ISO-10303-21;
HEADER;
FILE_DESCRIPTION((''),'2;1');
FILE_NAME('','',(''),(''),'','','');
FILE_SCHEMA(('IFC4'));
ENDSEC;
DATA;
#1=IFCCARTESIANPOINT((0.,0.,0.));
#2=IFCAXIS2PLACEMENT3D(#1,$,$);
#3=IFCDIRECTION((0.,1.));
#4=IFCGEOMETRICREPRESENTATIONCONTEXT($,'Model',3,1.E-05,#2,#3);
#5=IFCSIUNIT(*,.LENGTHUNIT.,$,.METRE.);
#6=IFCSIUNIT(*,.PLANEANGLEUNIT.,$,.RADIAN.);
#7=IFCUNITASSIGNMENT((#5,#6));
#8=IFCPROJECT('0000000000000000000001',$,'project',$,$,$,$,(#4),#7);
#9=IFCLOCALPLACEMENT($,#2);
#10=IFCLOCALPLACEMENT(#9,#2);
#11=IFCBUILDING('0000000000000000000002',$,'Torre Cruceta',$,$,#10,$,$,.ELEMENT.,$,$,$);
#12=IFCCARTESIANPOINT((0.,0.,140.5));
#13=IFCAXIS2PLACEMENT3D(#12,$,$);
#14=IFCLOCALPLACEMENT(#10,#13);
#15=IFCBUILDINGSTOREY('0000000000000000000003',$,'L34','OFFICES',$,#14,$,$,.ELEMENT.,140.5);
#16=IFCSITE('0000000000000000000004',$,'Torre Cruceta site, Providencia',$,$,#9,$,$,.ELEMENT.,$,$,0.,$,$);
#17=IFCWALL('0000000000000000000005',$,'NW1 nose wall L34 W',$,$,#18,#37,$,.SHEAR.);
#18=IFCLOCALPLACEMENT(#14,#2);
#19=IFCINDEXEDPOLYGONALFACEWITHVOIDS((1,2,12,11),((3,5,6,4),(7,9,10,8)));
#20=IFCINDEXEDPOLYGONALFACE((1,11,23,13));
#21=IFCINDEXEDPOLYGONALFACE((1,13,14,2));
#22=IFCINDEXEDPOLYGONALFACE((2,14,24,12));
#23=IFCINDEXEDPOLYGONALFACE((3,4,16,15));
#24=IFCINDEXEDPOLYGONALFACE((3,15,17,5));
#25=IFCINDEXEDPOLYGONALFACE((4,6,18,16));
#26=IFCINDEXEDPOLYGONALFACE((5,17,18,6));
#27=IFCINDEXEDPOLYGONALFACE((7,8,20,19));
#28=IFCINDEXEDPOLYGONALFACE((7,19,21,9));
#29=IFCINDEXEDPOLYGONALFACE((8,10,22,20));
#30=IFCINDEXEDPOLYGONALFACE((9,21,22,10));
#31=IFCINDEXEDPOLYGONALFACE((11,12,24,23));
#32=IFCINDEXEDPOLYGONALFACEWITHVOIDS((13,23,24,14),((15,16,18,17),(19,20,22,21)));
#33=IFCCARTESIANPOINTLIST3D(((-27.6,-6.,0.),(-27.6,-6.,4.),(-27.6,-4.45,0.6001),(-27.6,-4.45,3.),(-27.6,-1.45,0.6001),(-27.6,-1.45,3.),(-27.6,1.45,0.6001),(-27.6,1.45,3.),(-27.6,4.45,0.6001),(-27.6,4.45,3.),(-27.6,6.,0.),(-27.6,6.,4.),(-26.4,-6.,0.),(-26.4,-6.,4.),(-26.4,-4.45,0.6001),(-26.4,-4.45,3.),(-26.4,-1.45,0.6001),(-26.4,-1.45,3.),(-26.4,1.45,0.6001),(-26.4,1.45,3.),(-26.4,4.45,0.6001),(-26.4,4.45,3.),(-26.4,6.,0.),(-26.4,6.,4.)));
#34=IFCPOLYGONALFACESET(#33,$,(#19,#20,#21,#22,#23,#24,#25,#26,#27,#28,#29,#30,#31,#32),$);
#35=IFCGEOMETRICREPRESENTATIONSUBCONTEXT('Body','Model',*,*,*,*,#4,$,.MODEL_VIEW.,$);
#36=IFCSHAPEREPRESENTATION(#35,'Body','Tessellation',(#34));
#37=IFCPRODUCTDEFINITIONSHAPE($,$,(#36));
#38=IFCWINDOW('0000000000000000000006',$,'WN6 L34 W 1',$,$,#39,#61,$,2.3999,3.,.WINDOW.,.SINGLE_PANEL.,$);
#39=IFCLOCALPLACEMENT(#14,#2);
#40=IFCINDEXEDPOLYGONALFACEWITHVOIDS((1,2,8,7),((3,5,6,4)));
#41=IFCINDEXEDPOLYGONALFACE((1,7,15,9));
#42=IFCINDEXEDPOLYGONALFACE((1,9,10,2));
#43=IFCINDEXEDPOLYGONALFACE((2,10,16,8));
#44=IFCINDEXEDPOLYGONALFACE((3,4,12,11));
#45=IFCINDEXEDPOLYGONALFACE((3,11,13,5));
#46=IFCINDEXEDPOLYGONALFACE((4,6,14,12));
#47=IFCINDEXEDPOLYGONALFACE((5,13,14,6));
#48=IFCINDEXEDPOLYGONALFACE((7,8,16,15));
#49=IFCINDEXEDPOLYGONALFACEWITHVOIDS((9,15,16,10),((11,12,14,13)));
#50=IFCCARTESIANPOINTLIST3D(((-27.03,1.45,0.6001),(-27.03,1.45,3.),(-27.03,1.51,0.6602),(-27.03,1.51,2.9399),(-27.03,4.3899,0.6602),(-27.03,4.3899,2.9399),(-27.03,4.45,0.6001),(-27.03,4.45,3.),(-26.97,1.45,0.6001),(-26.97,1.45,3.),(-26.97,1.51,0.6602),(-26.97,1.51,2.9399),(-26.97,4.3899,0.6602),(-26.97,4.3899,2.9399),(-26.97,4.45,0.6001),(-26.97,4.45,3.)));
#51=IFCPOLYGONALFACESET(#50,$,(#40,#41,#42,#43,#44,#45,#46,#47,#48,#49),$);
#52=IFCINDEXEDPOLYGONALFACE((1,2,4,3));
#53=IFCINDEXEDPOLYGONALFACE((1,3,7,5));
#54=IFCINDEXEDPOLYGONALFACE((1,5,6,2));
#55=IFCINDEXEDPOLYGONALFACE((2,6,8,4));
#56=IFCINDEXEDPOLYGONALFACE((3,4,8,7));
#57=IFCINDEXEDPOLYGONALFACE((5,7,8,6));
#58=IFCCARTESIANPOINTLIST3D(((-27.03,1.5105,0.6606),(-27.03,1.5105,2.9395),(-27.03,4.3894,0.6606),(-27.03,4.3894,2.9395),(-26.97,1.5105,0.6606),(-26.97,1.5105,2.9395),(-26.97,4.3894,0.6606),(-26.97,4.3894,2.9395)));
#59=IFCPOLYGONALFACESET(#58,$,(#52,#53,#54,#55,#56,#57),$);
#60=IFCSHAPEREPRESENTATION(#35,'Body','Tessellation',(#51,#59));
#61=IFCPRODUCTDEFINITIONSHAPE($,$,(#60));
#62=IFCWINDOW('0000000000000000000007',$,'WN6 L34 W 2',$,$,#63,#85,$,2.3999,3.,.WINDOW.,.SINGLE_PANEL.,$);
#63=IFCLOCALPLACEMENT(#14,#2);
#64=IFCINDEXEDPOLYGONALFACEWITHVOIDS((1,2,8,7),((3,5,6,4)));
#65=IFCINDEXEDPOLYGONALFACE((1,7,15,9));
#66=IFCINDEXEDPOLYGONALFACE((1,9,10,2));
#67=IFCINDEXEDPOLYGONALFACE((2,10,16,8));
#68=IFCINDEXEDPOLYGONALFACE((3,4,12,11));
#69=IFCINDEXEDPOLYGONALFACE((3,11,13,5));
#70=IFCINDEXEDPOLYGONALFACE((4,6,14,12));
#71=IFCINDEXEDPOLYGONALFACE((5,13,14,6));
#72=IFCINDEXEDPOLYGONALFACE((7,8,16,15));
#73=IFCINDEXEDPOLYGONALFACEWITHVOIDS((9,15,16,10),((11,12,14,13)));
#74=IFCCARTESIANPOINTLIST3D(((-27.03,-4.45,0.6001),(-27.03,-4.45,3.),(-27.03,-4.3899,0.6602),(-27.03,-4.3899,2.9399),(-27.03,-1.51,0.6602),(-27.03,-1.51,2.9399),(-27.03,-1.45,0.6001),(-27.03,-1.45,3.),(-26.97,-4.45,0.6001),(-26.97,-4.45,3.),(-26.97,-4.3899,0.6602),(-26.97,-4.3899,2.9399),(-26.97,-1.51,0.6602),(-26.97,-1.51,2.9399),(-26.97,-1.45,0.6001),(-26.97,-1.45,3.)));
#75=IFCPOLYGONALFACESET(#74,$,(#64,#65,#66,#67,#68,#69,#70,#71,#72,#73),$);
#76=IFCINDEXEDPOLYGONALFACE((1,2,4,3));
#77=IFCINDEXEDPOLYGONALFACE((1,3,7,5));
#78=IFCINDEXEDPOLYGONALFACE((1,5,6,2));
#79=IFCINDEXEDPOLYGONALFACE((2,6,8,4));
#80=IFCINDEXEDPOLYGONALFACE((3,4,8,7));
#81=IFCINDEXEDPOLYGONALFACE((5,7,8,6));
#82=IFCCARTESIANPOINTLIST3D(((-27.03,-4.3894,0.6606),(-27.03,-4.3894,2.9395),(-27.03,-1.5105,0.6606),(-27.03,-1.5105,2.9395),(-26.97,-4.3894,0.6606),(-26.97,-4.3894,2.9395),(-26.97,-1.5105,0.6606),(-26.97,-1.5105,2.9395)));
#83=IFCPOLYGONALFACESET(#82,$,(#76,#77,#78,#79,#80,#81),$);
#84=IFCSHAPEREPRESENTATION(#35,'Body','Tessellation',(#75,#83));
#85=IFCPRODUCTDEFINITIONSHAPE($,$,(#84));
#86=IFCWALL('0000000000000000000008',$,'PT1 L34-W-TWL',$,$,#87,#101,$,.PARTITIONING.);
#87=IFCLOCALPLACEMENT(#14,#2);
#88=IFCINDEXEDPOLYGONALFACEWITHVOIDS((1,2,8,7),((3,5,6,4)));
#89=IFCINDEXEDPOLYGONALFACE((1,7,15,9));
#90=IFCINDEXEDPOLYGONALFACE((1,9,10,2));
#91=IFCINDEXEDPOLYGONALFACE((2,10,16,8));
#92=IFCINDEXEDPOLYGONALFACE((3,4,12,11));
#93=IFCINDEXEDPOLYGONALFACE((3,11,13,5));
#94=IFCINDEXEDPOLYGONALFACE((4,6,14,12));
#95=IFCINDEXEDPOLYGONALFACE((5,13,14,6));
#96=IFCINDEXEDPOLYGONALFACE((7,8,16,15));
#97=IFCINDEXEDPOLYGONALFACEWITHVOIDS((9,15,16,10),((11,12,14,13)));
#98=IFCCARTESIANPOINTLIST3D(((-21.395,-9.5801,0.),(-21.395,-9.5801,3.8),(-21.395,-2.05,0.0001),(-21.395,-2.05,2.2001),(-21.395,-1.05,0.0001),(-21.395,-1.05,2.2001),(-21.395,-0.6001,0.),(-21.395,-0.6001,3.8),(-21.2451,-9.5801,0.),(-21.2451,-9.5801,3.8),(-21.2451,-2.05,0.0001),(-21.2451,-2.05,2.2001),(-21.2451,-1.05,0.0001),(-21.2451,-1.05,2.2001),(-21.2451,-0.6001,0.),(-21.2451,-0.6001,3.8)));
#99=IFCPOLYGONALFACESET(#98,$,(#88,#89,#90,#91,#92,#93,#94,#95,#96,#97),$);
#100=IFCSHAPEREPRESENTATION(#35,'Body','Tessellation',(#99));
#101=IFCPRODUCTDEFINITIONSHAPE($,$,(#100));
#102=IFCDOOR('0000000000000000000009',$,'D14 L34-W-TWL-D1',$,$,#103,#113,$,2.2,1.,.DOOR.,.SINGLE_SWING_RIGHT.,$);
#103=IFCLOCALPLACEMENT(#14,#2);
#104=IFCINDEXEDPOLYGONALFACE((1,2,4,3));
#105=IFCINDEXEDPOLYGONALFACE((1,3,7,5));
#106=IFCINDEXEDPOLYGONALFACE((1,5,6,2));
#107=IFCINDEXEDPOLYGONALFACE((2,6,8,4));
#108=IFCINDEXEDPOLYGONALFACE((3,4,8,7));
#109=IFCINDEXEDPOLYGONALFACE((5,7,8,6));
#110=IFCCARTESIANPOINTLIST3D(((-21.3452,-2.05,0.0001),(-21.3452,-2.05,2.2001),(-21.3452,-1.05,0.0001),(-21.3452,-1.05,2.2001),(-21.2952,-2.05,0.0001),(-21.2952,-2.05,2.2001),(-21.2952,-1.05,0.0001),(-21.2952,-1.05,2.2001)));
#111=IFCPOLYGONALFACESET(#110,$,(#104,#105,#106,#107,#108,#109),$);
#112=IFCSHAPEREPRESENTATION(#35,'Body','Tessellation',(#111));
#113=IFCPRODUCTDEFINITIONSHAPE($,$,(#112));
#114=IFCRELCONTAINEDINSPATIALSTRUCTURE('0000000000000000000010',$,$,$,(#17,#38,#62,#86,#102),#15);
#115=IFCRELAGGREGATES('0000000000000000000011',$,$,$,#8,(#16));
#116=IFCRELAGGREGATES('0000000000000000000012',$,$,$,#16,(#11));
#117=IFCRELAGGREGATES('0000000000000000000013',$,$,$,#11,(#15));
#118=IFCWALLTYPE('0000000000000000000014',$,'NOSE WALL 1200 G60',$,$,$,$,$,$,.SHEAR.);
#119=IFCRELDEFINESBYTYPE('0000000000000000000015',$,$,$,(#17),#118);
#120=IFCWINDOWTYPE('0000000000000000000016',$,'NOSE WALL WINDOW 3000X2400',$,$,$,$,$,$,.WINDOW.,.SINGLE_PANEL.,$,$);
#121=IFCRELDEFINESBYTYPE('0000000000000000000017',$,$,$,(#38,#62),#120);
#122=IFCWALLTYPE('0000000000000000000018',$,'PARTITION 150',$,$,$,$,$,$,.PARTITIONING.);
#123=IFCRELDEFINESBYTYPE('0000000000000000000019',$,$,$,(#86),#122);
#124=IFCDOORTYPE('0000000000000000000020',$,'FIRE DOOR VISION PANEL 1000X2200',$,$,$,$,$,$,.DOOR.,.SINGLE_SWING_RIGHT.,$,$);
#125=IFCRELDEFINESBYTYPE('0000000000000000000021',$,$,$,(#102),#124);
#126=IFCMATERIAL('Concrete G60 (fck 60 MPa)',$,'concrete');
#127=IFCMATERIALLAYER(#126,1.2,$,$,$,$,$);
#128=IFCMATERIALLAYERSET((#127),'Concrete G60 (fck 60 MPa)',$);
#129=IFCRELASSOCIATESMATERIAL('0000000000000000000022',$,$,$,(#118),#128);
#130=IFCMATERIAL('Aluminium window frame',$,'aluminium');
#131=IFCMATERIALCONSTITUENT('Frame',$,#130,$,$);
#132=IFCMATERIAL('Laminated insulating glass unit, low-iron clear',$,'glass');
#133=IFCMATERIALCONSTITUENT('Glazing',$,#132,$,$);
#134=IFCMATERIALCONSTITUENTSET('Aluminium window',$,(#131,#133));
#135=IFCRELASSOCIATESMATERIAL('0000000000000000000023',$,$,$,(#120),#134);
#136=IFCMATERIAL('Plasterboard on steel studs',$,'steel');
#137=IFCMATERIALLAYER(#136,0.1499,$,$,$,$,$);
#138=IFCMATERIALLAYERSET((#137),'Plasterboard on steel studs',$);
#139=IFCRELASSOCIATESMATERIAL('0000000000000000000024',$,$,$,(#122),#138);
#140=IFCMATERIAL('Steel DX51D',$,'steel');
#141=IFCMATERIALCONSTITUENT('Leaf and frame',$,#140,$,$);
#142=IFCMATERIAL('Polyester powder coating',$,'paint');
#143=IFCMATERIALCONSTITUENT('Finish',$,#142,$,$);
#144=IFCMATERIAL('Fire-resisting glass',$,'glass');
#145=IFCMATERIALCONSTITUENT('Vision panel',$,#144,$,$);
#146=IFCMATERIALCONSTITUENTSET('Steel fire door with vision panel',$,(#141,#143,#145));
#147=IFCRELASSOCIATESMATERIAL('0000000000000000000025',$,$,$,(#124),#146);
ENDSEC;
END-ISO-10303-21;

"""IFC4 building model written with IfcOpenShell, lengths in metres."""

from ifc_helpers import new_model, si_unit, direction, frame, frame_2d, origin, place, context, subcontext, project, spatial, rectangle, hollow_rectangle, extrude, material, layer, layer_set, constituent, constituent_set, type_object, element, fill, save


model = new_model("IFC4")

# Units and contexts
model_context = context("Model", 3, precision=1e-05, world=origin(), true_north=direction((0.0, 1.0)))
body_context = subcontext(model_context, "Body", "Model", "MODEL_VIEW")
ifc_project = project(units=[si_unit("LENGTHUNIT", "METRE"), si_unit("PLANEANGLEUNIT", "RADIAN")], contexts=[model_context])

# Site, building, storey
site_placement = place(None, origin())
site = spatial("IfcSite", under=ifc_project, at=site_placement, Name="Torre Cruceta site, Providencia", CompositionType="ELEMENT", RefElevation=0.0)
building_placement = place(site_placement, origin())
building = spatial("IfcBuilding", under=site, at=building_placement, Name="Torre Cruceta", CompositionType="ELEMENT")
storey_placement = place(building_placement, frame((0.0, 0.0, 140.5)))
storey = spatial("IfcBuildingStorey", under=building, at=storey_placement, Name="L34", Description="OFFICES", CompositionType="ELEMENT", Elevation=140.5)

# Wall, openings, windows
ifc_material_1 = material(Name="Concrete G60 (fck 60 MPa)", Category="concrete")
ifc_layer_1 = layer(ifc_material_1, 1.2)
ifc_layer_set_1 = layer_set([ifc_layer_1], Name="Concrete G60 (fck 60 MPa)")
wall_type_1 = type_object("IfcWallType", Name="NOSE WALL 1200 G60", PredefinedType="SHEAR", material=ifc_layer_set_1)
wall_1_placement = place(storey_placement, frame((-27.0, 6.0, 0.0), z_axis=(0.0, 0.0, 1.0), x_axis=(0.0, -1.0, 0.0)))
wall_1 = element("IfcWall", 1, at=wall_1_placement, inside=storey, type_object=wall_type_1, Name="NW1 nose wall L34 W", PredefinedType="SHEAR", context=body_context, shape_type="SweptSolid", body=[
    extrude(rectangle(XDim=12.0, YDim=1.2, at=frame_2d((6.0, 0.0))), origin(), (0.0, 0.0, 1.0), 4.0),
])
opening_1_placement = place(wall_1_placement, frame((1.55, 0.0, 0.6001)))
opening_1 = element("IfcOpeningElement", 2, at=opening_1_placement, cuts=wall_1, PredefinedType="OPENING", context=body_context, shape_type="SweptSolid", body=[
    extrude(rectangle(XDim=3.0, YDim=2.3999, at=frame_2d((1.5, 1.2))), frame((0.0, 0.6099, 0.0), z_axis=(0.0, -1.0, 0.0), x_axis=(1.0, 0.0, 0.0)), (0.0, 0.0, 1.0), 1.22),
])
opening_2_placement = place(wall_1_placement, frame((7.45, 0.0, 0.6001)))
opening_2 = element("IfcOpeningElement", 3, at=opening_2_placement, cuts=wall_1, PredefinedType="OPENING", context=body_context, shape_type="SweptSolid", body=[
    extrude(rectangle(XDim=3.0, YDim=2.3999, at=frame_2d((1.5, 1.2))), frame((0.0, 0.6099, 0.0), z_axis=(0.0, -1.0, 0.0), x_axis=(1.0, 0.0, 0.0)), (0.0, 0.0, 1.0), 1.22),
])
ifc_material_2 = material(Name="Aluminium window frame", Category="aluminium")
ifc_constituent_1 = constituent(ifc_material_2, Name="Frame")
ifc_material_3 = material(Name="Laminated insulating glass unit, low-iron clear", Category="glass")
ifc_constituent_2 = constituent(ifc_material_3, Name="Glazing")
ifc_constituent_set_1 = constituent_set(constituents=[ifc_constituent_1, ifc_constituent_2], Name="Aluminium window")
window_type_1 = type_object("IfcWindowType", Name="NOSE WALL WINDOW 3000X2400", PartitioningType="SINGLE_PANEL", PredefinedType="WINDOW", material=ifc_constituent_set_1)
window_1_placement = place(opening_1_placement, origin())
window_1 = element("IfcWindow", 4, at=window_1_placement, inside=storey, type_object=window_type_1, Name="WN6 L34 W 1", OverallHeight=2.3999, OverallWidth=3.0, PartitioningType="SINGLE_PANEL", PredefinedType="WINDOW", context=body_context, shape_type="SweptSolid", body=[
    extrude(hollow_rectangle(XDim=3.0, YDim=2.3999, WallThickness=0.0601, at=frame_2d((1.5, 1.2))), frame((0.0, 0.03, 0.0), z_axis=(0.0, -1.0, 0.0), x_axis=(1.0, 0.0, 0.0)), (0.0, 0.0, 1.0), 0.0601),
    extrude(rectangle(XDim=2.8789, YDim=2.2788, at=frame_2d((1.5, 1.2))), frame((0.0, 0.03, 0.0), z_axis=(0.0, -1.0, 0.0), x_axis=(1.0, 0.0, 0.0)), (0.0, 0.0, 1.0), 0.0601),
])
fill(opening_1, window_1)
window_2_placement = place(opening_2_placement, origin())
window_2 = element("IfcWindow", 5, at=window_2_placement, inside=storey, type_object=window_type_1, Name="WN6 L34 W 2", OverallHeight=2.3999, OverallWidth=3.0, PartitioningType="SINGLE_PANEL", PredefinedType="WINDOW", context=body_context, shape_type="SweptSolid", body=[
    extrude(hollow_rectangle(XDim=3.0, YDim=2.3999, WallThickness=0.0601, at=frame_2d((1.5, 1.2))), frame((0.0, 0.03, 0.0), z_axis=(0.0, -1.0, 0.0), x_axis=(1.0, 0.0, 0.0)), (0.0, 0.0, 1.0), 0.0601),
    extrude(rectangle(XDim=2.8789, YDim=2.2788, at=frame_2d((1.5, 1.2))), frame((0.0, 0.03, 0.0), z_axis=(0.0, -1.0, 0.0), x_axis=(1.0, 0.0, 0.0)), (0.0, 0.0, 1.0), 0.0601),
])
fill(opening_2, window_2)

# Wall, opening, door
ifc_material_4 = material(Name="Plasterboard on steel studs", Category="steel")
ifc_layer_2 = layer(ifc_material_4, 0.1499)
ifc_layer_set_2 = layer_set([ifc_layer_2], Name="Plasterboard on steel studs")
wall_type_2 = type_object("IfcWallType", Name="PARTITION 150", PredefinedType="PARTITIONING", material=ifc_layer_set_2)
wall_2_placement = place(storey_placement, frame((-21.3201, -0.6001, 0.0), z_axis=(0.0, 0.0, 1.0), x_axis=(0.0, -1.0, 0.0)))
wall_2 = element("IfcWall", 6, at=wall_2_placement, inside=storey, type_object=wall_type_2, Name="PT1 L34-W-TWL", PredefinedType="PARTITIONING", context=body_context, shape_type="SweptSolid", body=[
    extrude(rectangle(XDim=8.98, YDim=0.1499, at=frame_2d((4.49, 0.0))), origin(), (0.0, 0.0, 1.0), 3.8),
])
opening_3_placement = place(wall_2_placement, frame((0.45, 0.0, 0.0)))
opening_3 = element("IfcOpeningElement", 7, at=opening_3_placement, cuts=wall_2, PredefinedType="OPENING", context=body_context, shape_type="SweptSolid", body=[
    extrude(rectangle(XDim=1.0, YDim=2.2, at=frame_2d((0.5, 1.1001))), frame((0.0, 0.085, 0.0), z_axis=(0.0, -1.0, 0.0), x_axis=(1.0, 0.0, 0.0)), (0.0, 0.0, 1.0), 0.1699),
])
ifc_material_5 = material(Name="Steel DX51D", Category="steel")
ifc_constituent_3 = constituent(ifc_material_5, Name="Leaf and frame")
ifc_material_6 = material(Name="Polyester powder coating", Category="paint")
ifc_constituent_4 = constituent(ifc_material_6, Name="Finish")
ifc_material_7 = material(Name="Fire-resisting glass", Category="glass")
ifc_constituent_5 = constituent(ifc_material_7, Name="Vision panel")
ifc_constituent_set_2 = constituent_set(constituents=[ifc_constituent_3, ifc_constituent_4, ifc_constituent_5], Name="Steel fire door with vision panel")
door_type = type_object("IfcDoorType", Name="FIRE DOOR VISION PANEL 1000X2200", OperationType="SINGLE_SWING_RIGHT", PredefinedType="DOOR", material=ifc_constituent_set_2)
door_placement = place(opening_3_placement, frame((1.0, 0.0, 0.0), z_axis=(0.0, 0.0, 1.0), x_axis=(-1.0, 0.0, 0.0)))
door = element("IfcDoor", 8, at=door_placement, inside=storey, type_object=door_type, Name="D14 L34-W-TWL-D1", OperationType="SINGLE_SWING_RIGHT", OverallHeight=2.2, OverallWidth=1.0, PredefinedType="DOOR", context=body_context, shape_type="SweptSolid", body=[
    extrude(rectangle(XDim=1.0, YDim=2.2, at=frame_2d((0.5, 1.1001))), frame((0.0, 0.0251, 0.0), z_axis=(0.0, -1.0, 0.0), x_axis=(1.0, 0.0, 0.0)), (0.0, 0.0, 1.0), 0.05),
])
fill(opening_3, door)

save(model, "model.ifc")
